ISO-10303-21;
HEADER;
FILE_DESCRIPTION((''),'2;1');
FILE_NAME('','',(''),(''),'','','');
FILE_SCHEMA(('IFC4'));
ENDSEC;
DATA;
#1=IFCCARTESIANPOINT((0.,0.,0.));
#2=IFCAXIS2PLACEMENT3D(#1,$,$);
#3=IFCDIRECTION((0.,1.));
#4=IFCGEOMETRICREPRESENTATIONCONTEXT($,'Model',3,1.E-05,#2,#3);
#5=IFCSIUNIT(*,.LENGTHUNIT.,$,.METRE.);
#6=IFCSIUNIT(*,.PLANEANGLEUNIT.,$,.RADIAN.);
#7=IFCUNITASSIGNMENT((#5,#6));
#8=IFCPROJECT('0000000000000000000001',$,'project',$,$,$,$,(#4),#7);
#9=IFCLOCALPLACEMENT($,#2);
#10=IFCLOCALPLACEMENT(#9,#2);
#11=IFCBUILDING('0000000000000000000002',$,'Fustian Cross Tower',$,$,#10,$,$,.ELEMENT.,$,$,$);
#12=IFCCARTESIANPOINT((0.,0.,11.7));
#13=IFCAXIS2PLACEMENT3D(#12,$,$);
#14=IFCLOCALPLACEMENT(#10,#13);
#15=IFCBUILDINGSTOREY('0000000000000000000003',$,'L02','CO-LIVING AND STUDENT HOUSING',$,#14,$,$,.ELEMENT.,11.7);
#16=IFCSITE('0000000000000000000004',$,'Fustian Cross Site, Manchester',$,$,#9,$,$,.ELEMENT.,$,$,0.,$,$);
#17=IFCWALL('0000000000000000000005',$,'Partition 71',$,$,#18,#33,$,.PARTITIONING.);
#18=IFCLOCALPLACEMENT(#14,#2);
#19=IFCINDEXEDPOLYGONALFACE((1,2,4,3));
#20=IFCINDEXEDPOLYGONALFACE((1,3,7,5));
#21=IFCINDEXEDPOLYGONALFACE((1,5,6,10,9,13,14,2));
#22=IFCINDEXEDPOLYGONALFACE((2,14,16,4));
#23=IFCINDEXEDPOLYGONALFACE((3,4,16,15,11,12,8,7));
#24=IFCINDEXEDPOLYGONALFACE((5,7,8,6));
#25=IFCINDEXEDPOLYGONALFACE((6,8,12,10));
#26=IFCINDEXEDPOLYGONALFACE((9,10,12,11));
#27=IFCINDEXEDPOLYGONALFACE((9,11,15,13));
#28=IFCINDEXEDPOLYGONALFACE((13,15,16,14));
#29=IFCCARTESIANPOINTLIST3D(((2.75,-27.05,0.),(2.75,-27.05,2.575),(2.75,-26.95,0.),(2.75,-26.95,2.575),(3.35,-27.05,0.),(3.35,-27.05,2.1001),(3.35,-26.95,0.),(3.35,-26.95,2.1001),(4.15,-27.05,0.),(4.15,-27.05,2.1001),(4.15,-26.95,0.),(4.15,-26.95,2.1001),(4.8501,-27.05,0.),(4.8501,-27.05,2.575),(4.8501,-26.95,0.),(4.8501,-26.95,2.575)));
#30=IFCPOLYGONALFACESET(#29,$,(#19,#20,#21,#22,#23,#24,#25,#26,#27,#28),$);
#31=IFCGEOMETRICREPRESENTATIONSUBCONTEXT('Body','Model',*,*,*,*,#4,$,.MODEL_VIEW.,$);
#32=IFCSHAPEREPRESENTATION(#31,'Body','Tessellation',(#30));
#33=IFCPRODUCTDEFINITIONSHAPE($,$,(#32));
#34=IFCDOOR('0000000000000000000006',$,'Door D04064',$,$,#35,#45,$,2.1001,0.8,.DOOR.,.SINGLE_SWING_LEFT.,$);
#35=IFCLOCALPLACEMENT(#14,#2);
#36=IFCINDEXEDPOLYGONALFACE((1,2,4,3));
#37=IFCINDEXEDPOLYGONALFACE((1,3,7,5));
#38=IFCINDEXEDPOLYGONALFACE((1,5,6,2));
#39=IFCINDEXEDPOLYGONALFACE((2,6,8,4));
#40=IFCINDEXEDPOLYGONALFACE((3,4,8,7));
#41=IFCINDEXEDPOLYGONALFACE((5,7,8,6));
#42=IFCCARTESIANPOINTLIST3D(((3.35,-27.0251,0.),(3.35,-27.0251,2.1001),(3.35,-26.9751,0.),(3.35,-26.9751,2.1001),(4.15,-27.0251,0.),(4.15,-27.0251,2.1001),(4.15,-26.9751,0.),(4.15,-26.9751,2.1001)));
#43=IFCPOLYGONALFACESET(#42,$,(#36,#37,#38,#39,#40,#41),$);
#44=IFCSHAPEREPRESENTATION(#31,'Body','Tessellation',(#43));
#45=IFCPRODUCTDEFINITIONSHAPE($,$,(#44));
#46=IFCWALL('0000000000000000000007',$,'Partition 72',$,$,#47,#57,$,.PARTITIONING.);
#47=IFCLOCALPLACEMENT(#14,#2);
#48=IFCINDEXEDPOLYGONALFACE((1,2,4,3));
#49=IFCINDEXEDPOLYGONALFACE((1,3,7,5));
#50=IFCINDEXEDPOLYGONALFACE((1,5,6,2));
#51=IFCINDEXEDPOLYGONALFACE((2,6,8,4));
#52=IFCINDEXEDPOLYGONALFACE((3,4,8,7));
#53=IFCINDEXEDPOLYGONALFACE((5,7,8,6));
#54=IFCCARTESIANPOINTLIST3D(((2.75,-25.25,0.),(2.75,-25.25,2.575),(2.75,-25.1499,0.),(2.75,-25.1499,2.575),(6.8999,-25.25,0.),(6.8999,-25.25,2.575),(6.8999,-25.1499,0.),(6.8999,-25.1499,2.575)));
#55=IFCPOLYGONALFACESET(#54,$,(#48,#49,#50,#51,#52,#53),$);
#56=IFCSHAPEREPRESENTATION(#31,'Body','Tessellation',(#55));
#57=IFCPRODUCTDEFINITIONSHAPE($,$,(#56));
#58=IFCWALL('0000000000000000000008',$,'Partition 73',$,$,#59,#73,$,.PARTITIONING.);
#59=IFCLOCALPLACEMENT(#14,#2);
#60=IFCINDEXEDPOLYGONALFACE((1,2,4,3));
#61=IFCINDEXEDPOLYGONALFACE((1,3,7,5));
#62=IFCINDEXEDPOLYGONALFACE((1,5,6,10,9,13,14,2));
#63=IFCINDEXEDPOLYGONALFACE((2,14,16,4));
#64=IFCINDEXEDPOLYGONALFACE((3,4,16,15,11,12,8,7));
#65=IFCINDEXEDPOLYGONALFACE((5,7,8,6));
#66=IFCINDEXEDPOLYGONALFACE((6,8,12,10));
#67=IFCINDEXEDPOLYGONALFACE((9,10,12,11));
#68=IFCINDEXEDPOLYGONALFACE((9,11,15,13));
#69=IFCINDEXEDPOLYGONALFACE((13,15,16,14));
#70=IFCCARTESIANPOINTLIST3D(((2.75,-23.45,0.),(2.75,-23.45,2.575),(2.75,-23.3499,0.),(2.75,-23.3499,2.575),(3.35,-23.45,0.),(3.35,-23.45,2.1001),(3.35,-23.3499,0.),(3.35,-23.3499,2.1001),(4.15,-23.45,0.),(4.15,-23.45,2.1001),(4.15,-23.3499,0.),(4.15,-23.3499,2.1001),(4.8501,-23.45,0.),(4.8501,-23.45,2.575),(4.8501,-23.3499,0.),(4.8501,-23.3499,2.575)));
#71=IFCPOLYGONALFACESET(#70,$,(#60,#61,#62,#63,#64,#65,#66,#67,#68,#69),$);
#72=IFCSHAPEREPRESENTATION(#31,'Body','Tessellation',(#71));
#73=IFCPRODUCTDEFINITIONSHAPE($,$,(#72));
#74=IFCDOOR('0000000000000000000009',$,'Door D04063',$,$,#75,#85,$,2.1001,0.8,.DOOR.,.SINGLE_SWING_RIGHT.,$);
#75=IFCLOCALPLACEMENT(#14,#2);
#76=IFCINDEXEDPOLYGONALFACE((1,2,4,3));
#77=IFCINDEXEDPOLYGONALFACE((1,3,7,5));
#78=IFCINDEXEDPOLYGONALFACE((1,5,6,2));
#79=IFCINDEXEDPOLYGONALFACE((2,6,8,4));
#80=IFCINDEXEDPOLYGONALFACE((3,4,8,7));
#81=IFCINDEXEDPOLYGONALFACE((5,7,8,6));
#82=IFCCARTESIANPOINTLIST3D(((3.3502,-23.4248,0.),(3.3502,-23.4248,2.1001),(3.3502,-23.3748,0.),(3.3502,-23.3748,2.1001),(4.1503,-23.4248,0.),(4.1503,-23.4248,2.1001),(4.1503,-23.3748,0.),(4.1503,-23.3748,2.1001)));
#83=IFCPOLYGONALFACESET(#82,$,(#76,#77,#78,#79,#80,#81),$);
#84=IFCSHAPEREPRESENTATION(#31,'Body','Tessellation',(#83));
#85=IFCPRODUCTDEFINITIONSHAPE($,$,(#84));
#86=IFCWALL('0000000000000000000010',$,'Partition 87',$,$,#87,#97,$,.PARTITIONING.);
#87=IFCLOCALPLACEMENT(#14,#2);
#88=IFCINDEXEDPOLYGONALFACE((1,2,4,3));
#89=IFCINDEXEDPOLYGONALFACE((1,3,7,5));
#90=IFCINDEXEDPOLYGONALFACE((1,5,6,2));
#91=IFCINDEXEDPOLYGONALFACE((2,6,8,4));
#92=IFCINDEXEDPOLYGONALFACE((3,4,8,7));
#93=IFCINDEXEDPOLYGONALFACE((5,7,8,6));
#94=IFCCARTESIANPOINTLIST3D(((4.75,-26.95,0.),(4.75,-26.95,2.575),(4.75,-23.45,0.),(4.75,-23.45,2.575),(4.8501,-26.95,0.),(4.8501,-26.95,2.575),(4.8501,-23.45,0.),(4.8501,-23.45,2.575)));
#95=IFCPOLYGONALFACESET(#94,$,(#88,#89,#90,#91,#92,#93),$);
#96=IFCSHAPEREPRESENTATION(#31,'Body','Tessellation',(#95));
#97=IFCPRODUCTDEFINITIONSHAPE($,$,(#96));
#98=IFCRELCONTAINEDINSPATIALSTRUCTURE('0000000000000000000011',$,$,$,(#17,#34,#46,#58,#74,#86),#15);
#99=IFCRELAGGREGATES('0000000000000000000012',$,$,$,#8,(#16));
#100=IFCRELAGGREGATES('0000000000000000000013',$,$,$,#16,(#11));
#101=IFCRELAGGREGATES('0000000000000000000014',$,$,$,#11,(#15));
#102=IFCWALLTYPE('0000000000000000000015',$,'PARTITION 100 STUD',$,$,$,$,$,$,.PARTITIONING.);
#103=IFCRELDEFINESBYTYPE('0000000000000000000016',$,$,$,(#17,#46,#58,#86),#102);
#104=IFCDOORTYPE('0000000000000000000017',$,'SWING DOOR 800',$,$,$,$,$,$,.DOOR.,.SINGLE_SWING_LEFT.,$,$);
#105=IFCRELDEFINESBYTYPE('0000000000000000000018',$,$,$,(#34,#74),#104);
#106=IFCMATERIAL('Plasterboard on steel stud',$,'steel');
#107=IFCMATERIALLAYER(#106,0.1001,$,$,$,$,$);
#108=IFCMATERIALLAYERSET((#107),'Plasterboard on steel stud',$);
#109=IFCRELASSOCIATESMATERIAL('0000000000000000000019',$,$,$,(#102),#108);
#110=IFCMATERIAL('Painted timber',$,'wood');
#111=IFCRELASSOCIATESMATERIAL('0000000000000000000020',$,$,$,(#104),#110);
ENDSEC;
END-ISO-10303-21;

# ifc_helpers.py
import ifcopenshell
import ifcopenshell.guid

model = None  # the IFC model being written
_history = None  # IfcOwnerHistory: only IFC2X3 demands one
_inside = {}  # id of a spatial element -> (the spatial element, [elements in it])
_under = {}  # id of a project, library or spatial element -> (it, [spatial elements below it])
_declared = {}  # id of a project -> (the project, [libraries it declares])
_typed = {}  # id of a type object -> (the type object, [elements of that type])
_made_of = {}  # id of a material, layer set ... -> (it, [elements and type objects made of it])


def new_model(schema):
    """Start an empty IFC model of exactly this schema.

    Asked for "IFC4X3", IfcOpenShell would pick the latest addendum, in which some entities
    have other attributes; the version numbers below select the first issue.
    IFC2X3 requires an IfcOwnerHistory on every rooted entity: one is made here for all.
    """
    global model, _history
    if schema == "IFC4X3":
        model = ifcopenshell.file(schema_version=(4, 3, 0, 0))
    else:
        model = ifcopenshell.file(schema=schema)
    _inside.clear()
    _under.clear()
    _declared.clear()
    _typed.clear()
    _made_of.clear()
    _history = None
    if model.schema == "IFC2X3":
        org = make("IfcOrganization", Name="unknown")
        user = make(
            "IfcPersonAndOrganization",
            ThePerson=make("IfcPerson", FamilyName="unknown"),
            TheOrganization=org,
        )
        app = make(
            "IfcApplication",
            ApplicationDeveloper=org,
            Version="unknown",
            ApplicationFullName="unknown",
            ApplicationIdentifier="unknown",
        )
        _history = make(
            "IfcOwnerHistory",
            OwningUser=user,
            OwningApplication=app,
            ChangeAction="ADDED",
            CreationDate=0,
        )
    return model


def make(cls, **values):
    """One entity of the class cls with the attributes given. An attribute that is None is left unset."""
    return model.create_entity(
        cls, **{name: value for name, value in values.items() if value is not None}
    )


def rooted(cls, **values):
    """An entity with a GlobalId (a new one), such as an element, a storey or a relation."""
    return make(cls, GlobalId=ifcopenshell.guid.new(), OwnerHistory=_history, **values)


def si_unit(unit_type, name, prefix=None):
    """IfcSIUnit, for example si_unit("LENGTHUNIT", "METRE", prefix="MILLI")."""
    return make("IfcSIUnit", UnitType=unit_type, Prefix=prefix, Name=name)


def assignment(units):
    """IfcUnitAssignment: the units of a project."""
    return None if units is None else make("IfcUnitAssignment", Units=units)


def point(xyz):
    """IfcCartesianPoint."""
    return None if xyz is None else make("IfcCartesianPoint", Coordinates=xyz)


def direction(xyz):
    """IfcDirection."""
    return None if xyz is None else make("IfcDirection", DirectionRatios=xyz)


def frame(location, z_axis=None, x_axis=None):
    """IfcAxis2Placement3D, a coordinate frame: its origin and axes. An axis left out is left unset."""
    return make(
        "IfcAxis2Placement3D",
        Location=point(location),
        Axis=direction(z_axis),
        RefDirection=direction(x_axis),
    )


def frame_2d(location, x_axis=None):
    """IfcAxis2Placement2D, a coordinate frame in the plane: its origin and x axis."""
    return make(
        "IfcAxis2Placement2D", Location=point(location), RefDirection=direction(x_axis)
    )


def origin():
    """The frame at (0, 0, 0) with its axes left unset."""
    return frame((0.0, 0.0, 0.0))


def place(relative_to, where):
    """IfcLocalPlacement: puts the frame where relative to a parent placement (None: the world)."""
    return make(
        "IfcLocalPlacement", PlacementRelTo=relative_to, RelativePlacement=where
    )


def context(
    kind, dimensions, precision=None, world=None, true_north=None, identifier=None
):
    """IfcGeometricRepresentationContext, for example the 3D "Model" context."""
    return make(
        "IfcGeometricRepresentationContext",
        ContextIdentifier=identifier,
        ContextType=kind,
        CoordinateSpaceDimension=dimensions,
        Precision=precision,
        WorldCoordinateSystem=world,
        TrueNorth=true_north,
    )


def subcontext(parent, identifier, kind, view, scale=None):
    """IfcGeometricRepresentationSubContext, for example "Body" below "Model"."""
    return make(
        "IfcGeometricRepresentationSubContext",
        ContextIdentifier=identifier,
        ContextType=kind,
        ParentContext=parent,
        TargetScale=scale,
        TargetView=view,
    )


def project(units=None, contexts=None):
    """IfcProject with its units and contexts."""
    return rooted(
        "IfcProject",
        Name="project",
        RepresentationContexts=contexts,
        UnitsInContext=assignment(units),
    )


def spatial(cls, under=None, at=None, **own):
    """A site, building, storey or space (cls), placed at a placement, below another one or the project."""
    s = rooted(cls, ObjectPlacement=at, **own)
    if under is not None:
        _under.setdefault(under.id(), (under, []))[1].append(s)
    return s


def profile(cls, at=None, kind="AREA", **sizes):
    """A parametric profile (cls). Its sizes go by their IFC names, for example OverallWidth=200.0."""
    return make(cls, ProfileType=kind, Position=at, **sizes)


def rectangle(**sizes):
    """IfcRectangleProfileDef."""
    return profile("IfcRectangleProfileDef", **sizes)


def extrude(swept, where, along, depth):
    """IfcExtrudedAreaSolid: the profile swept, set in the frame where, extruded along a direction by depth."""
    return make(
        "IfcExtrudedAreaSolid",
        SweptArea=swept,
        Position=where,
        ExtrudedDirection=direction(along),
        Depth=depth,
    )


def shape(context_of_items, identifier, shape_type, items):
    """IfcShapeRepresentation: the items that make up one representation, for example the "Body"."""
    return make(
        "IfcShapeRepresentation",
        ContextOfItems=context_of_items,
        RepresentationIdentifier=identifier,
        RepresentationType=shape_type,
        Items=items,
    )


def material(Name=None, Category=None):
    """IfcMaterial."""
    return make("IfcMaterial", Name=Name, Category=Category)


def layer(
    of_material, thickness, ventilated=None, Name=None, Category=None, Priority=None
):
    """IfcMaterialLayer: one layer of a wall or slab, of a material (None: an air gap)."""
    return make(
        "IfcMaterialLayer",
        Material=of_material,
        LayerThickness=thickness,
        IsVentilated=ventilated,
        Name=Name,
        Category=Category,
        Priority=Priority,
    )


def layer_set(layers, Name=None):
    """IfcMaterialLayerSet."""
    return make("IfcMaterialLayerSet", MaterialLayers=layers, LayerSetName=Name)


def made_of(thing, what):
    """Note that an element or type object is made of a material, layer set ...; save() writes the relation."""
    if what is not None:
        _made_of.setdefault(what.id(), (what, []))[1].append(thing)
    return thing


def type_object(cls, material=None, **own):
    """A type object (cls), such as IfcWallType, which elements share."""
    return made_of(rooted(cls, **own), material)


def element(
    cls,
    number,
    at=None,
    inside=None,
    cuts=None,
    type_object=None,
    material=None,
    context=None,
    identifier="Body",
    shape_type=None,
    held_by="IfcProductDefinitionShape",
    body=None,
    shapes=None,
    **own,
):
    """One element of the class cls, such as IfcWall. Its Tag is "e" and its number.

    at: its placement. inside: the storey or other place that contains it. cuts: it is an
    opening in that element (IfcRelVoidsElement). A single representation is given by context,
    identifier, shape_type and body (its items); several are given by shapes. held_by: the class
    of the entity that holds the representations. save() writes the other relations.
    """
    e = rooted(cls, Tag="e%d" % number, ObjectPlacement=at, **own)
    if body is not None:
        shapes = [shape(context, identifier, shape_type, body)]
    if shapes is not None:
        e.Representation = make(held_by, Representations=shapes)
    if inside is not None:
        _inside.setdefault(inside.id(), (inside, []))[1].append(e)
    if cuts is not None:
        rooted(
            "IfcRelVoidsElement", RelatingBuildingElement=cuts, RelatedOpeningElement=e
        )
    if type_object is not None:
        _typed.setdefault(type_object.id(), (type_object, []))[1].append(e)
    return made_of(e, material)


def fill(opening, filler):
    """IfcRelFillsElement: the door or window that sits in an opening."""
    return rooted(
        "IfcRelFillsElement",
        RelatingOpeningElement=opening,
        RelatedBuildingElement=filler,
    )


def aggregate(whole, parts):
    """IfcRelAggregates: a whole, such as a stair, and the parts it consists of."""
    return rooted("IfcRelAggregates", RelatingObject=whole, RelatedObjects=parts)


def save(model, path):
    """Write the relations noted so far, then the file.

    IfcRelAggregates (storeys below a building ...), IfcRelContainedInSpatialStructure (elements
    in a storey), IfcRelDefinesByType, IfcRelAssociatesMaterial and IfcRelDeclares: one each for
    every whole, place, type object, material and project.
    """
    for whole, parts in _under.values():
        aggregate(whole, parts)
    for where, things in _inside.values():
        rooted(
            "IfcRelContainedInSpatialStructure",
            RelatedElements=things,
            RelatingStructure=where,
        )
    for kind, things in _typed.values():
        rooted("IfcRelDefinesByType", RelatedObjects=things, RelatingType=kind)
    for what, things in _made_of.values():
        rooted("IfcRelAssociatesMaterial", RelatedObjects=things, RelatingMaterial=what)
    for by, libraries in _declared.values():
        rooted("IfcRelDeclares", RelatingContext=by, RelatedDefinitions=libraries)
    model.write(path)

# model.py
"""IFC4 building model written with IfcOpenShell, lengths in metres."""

from ifc_helpers import new_model, si_unit, direction, frame, frame_2d, origin, place, context, subcontext, project, spatial, rectangle, extrude, material, layer, layer_set, type_object, element, fill, save


model = new_model("IFC4")

# Units and contexts
model_context = context("Model", 3, precision=1e-05, world=origin(), true_north=direction((0.0, 1.0)))
body_context = subcontext(model_context, "Body", "Model", "MODEL_VIEW")
ifc_project = project(units=[si_unit("LENGTHUNIT", "METRE"), si_unit("PLANEANGLEUNIT", "RADIAN")], contexts=[model_context])

# Site, building, storey
site_placement = place(None, origin())
site = spatial("IfcSite", under=ifc_project, at=site_placement, Name="Fustian Cross Site, Manchester", CompositionType="ELEMENT", RefElevation=0.0)
building_placement = place(site_placement, origin())
building = spatial("IfcBuilding", under=site, at=building_placement, Name="Fustian Cross Tower", CompositionType="ELEMENT")
storey_placement = place(building_placement, frame((0.0, 0.0, 11.7)))
storey = spatial("IfcBuildingStorey", under=building, at=storey_placement, Name="L02", Description="CO-LIVING AND STUDENT HOUSING", CompositionType="ELEMENT", Elevation=11.7)

# Shared definitions
ifc_material_1 = material(Name="Plasterboard on steel stud", Category="steel")
ifc_layer = layer(ifc_material_1, 0.1001)
ifc_layer_set = layer_set([ifc_layer], Name="Plasterboard on steel stud")
wall_type = type_object("IfcWallType", Name="PARTITION 100 STUD", PredefinedType="PARTITIONING", material=ifc_layer_set)

# Wall, opening, door
wall_1_placement = place(storey_placement, frame((2.75, -27.0, 0.0), z_axis=(0.0, 0.0, 1.0), x_axis=(1.0, 0.0, 0.0)))
wall_1 = element("IfcWall", 1, at=wall_1_placement, inside=storey, type_object=wall_type, Name="Partition 71", PredefinedType="PARTITIONING", context=body_context, shape_type="SweptSolid", body=[
    extrude(rectangle(XDim=2.1001, YDim=0.1001, at=frame_2d((1.05, 0.0))), origin(), (0.0, 0.0, 1.0), 2.575),
])
opening_1_placement = place(wall_1_placement, frame((0.6001, 0.0, 0.0)))
opening_1 = element("IfcOpeningElement", 2, at=opening_1_placement, cuts=wall_1, PredefinedType="OPENING", context=body_context, shape_type="SweptSolid", body=[
    extrude(rectangle(XDim=0.8, YDim=2.1001, at=frame_2d((0.3999, 1.05))), frame((0.0, 0.0601, 0.0), z_axis=(0.0, -1.0, 0.0), x_axis=(1.0, 0.0, 0.0)), (0.0, 0.0, 1.0), 0.1201),
])
ifc_material_2 = material(Name="Painted timber", Category="wood")
door_type_1 = type_object("IfcDoorType", Name="SWING DOOR 800", OperationType="SINGLE_SWING_LEFT", PredefinedType="DOOR", material=ifc_material_2)
door_1_placement = place(opening_1_placement, origin())
door_1 = element("IfcDoor", 3, at=door_1_placement, inside=storey, type_object=door_type_1, Name="Door D04064", OperationType="SINGLE_SWING_LEFT", OverallHeight=2.1001, OverallWidth=0.8, PredefinedType="DOOR", context=body_context, shape_type="SweptSolid", body=[
    extrude(rectangle(XDim=0.8, YDim=2.1001, at=frame_2d((0.3999, 1.05))), frame((0.0, 0.0249, 0.0), z_axis=(0.0, -1.0, 0.0), x_axis=(1.0, 0.0, 0.0)), (0.0, 0.0, 1.0), 0.05),
])
fill(opening_1, door_1)

# Wall
wall_2_placement = place(storey_placement, frame((2.75, -25.2, 0.0), z_axis=(0.0, 0.0, 1.0), x_axis=(1.0, 0.0, 0.0)))
element("IfcWall", 4, at=wall_2_placement, inside=storey, type_object=wall_type, Name="Partition 72", PredefinedType="PARTITIONING", context=body_context, shape_type="SweptSolid", body=[
    extrude(rectangle(XDim=4.1499, YDim=0.1001, at=frame_2d((2.075, 0.0))), origin(), (0.0, 0.0, 1.0), 2.575),
])

# Wall, opening, door
wall_3_placement = place(storey_placement, frame((2.75, -23.3999, 0.0), z_axis=(0.0, 0.0, 1.0), x_axis=(1.0, 0.0, 0.0)))
wall_3 = element("IfcWall", 5, at=wall_3_placement, inside=storey, type_object=wall_type, Name="Partition 73", PredefinedType="PARTITIONING", context=body_context, shape_type="SweptSolid", body=[
    extrude(rectangle(XDim=2.1001, YDim=0.1001, at=frame_2d((1.05, 0.0))), origin(), (0.0, 0.0, 1.0), 2.575),
])
opening_2_placement = place(wall_3_placement, frame((0.6001, 0.0, 0.0)))
opening_2 = element("IfcOpeningElement", 6, at=opening_2_placement, cuts=wall_3, PredefinedType="OPENING", context=body_context, shape_type="SweptSolid", body=[
    extrude(rectangle(XDim=0.8, YDim=2.1001, at=frame_2d((0.3999, 1.05))), frame((0.0, 0.0601, 0.0), z_axis=(0.0, -1.0, 0.0), x_axis=(1.0, 0.0, 0.0)), (0.0, 0.0, 1.0), 0.1201),
])
door_2_placement = place(opening_2_placement, frame((0.8, 0.0, 0.0), z_axis=(0.0, 0.0, 1.0), x_axis=(-1.0, 0.0, 0.0)))
door_2 = element("IfcDoor", 7, at=door_2_placement, inside=storey, type_object=door_type_1, Name="Door D04063", OperationType="SINGLE_SWING_RIGHT", OverallHeight=2.1001, OverallWidth=0.8, PredefinedType="DOOR", context=body_context, shape_type="SweptSolid", body=[
    extrude(rectangle(XDim=0.8, YDim=2.1001, at=frame_2d((0.3999, 1.05))), frame((0.0, 0.0249, 0.0), z_axis=(0.0, -1.0, 0.0), x_axis=(1.0, 0.0, 0.0)), (0.0, 0.0, 1.0), 0.05),
])
fill(opening_2, door_2)

# Wall
wall_4_placement = place(storey_placement, frame((4.8, -26.95, 0.0), z_axis=(0.0, 0.0, 1.0), x_axis=(0.0, 1.0, 0.0)))
element("IfcWall", 8, at=wall_4_placement, inside=storey, type_object=wall_type, Name="Partition 87", PredefinedType="PARTITIONING", context=body_context, shape_type="SweptSolid", body=[
    extrude(rectangle(XDim=3.5, YDim=0.1001, at=frame_2d((1.75, 0.0))), origin(), (0.0, 0.0, 1.0), 2.575),
])

save(model, "model.ifc")
